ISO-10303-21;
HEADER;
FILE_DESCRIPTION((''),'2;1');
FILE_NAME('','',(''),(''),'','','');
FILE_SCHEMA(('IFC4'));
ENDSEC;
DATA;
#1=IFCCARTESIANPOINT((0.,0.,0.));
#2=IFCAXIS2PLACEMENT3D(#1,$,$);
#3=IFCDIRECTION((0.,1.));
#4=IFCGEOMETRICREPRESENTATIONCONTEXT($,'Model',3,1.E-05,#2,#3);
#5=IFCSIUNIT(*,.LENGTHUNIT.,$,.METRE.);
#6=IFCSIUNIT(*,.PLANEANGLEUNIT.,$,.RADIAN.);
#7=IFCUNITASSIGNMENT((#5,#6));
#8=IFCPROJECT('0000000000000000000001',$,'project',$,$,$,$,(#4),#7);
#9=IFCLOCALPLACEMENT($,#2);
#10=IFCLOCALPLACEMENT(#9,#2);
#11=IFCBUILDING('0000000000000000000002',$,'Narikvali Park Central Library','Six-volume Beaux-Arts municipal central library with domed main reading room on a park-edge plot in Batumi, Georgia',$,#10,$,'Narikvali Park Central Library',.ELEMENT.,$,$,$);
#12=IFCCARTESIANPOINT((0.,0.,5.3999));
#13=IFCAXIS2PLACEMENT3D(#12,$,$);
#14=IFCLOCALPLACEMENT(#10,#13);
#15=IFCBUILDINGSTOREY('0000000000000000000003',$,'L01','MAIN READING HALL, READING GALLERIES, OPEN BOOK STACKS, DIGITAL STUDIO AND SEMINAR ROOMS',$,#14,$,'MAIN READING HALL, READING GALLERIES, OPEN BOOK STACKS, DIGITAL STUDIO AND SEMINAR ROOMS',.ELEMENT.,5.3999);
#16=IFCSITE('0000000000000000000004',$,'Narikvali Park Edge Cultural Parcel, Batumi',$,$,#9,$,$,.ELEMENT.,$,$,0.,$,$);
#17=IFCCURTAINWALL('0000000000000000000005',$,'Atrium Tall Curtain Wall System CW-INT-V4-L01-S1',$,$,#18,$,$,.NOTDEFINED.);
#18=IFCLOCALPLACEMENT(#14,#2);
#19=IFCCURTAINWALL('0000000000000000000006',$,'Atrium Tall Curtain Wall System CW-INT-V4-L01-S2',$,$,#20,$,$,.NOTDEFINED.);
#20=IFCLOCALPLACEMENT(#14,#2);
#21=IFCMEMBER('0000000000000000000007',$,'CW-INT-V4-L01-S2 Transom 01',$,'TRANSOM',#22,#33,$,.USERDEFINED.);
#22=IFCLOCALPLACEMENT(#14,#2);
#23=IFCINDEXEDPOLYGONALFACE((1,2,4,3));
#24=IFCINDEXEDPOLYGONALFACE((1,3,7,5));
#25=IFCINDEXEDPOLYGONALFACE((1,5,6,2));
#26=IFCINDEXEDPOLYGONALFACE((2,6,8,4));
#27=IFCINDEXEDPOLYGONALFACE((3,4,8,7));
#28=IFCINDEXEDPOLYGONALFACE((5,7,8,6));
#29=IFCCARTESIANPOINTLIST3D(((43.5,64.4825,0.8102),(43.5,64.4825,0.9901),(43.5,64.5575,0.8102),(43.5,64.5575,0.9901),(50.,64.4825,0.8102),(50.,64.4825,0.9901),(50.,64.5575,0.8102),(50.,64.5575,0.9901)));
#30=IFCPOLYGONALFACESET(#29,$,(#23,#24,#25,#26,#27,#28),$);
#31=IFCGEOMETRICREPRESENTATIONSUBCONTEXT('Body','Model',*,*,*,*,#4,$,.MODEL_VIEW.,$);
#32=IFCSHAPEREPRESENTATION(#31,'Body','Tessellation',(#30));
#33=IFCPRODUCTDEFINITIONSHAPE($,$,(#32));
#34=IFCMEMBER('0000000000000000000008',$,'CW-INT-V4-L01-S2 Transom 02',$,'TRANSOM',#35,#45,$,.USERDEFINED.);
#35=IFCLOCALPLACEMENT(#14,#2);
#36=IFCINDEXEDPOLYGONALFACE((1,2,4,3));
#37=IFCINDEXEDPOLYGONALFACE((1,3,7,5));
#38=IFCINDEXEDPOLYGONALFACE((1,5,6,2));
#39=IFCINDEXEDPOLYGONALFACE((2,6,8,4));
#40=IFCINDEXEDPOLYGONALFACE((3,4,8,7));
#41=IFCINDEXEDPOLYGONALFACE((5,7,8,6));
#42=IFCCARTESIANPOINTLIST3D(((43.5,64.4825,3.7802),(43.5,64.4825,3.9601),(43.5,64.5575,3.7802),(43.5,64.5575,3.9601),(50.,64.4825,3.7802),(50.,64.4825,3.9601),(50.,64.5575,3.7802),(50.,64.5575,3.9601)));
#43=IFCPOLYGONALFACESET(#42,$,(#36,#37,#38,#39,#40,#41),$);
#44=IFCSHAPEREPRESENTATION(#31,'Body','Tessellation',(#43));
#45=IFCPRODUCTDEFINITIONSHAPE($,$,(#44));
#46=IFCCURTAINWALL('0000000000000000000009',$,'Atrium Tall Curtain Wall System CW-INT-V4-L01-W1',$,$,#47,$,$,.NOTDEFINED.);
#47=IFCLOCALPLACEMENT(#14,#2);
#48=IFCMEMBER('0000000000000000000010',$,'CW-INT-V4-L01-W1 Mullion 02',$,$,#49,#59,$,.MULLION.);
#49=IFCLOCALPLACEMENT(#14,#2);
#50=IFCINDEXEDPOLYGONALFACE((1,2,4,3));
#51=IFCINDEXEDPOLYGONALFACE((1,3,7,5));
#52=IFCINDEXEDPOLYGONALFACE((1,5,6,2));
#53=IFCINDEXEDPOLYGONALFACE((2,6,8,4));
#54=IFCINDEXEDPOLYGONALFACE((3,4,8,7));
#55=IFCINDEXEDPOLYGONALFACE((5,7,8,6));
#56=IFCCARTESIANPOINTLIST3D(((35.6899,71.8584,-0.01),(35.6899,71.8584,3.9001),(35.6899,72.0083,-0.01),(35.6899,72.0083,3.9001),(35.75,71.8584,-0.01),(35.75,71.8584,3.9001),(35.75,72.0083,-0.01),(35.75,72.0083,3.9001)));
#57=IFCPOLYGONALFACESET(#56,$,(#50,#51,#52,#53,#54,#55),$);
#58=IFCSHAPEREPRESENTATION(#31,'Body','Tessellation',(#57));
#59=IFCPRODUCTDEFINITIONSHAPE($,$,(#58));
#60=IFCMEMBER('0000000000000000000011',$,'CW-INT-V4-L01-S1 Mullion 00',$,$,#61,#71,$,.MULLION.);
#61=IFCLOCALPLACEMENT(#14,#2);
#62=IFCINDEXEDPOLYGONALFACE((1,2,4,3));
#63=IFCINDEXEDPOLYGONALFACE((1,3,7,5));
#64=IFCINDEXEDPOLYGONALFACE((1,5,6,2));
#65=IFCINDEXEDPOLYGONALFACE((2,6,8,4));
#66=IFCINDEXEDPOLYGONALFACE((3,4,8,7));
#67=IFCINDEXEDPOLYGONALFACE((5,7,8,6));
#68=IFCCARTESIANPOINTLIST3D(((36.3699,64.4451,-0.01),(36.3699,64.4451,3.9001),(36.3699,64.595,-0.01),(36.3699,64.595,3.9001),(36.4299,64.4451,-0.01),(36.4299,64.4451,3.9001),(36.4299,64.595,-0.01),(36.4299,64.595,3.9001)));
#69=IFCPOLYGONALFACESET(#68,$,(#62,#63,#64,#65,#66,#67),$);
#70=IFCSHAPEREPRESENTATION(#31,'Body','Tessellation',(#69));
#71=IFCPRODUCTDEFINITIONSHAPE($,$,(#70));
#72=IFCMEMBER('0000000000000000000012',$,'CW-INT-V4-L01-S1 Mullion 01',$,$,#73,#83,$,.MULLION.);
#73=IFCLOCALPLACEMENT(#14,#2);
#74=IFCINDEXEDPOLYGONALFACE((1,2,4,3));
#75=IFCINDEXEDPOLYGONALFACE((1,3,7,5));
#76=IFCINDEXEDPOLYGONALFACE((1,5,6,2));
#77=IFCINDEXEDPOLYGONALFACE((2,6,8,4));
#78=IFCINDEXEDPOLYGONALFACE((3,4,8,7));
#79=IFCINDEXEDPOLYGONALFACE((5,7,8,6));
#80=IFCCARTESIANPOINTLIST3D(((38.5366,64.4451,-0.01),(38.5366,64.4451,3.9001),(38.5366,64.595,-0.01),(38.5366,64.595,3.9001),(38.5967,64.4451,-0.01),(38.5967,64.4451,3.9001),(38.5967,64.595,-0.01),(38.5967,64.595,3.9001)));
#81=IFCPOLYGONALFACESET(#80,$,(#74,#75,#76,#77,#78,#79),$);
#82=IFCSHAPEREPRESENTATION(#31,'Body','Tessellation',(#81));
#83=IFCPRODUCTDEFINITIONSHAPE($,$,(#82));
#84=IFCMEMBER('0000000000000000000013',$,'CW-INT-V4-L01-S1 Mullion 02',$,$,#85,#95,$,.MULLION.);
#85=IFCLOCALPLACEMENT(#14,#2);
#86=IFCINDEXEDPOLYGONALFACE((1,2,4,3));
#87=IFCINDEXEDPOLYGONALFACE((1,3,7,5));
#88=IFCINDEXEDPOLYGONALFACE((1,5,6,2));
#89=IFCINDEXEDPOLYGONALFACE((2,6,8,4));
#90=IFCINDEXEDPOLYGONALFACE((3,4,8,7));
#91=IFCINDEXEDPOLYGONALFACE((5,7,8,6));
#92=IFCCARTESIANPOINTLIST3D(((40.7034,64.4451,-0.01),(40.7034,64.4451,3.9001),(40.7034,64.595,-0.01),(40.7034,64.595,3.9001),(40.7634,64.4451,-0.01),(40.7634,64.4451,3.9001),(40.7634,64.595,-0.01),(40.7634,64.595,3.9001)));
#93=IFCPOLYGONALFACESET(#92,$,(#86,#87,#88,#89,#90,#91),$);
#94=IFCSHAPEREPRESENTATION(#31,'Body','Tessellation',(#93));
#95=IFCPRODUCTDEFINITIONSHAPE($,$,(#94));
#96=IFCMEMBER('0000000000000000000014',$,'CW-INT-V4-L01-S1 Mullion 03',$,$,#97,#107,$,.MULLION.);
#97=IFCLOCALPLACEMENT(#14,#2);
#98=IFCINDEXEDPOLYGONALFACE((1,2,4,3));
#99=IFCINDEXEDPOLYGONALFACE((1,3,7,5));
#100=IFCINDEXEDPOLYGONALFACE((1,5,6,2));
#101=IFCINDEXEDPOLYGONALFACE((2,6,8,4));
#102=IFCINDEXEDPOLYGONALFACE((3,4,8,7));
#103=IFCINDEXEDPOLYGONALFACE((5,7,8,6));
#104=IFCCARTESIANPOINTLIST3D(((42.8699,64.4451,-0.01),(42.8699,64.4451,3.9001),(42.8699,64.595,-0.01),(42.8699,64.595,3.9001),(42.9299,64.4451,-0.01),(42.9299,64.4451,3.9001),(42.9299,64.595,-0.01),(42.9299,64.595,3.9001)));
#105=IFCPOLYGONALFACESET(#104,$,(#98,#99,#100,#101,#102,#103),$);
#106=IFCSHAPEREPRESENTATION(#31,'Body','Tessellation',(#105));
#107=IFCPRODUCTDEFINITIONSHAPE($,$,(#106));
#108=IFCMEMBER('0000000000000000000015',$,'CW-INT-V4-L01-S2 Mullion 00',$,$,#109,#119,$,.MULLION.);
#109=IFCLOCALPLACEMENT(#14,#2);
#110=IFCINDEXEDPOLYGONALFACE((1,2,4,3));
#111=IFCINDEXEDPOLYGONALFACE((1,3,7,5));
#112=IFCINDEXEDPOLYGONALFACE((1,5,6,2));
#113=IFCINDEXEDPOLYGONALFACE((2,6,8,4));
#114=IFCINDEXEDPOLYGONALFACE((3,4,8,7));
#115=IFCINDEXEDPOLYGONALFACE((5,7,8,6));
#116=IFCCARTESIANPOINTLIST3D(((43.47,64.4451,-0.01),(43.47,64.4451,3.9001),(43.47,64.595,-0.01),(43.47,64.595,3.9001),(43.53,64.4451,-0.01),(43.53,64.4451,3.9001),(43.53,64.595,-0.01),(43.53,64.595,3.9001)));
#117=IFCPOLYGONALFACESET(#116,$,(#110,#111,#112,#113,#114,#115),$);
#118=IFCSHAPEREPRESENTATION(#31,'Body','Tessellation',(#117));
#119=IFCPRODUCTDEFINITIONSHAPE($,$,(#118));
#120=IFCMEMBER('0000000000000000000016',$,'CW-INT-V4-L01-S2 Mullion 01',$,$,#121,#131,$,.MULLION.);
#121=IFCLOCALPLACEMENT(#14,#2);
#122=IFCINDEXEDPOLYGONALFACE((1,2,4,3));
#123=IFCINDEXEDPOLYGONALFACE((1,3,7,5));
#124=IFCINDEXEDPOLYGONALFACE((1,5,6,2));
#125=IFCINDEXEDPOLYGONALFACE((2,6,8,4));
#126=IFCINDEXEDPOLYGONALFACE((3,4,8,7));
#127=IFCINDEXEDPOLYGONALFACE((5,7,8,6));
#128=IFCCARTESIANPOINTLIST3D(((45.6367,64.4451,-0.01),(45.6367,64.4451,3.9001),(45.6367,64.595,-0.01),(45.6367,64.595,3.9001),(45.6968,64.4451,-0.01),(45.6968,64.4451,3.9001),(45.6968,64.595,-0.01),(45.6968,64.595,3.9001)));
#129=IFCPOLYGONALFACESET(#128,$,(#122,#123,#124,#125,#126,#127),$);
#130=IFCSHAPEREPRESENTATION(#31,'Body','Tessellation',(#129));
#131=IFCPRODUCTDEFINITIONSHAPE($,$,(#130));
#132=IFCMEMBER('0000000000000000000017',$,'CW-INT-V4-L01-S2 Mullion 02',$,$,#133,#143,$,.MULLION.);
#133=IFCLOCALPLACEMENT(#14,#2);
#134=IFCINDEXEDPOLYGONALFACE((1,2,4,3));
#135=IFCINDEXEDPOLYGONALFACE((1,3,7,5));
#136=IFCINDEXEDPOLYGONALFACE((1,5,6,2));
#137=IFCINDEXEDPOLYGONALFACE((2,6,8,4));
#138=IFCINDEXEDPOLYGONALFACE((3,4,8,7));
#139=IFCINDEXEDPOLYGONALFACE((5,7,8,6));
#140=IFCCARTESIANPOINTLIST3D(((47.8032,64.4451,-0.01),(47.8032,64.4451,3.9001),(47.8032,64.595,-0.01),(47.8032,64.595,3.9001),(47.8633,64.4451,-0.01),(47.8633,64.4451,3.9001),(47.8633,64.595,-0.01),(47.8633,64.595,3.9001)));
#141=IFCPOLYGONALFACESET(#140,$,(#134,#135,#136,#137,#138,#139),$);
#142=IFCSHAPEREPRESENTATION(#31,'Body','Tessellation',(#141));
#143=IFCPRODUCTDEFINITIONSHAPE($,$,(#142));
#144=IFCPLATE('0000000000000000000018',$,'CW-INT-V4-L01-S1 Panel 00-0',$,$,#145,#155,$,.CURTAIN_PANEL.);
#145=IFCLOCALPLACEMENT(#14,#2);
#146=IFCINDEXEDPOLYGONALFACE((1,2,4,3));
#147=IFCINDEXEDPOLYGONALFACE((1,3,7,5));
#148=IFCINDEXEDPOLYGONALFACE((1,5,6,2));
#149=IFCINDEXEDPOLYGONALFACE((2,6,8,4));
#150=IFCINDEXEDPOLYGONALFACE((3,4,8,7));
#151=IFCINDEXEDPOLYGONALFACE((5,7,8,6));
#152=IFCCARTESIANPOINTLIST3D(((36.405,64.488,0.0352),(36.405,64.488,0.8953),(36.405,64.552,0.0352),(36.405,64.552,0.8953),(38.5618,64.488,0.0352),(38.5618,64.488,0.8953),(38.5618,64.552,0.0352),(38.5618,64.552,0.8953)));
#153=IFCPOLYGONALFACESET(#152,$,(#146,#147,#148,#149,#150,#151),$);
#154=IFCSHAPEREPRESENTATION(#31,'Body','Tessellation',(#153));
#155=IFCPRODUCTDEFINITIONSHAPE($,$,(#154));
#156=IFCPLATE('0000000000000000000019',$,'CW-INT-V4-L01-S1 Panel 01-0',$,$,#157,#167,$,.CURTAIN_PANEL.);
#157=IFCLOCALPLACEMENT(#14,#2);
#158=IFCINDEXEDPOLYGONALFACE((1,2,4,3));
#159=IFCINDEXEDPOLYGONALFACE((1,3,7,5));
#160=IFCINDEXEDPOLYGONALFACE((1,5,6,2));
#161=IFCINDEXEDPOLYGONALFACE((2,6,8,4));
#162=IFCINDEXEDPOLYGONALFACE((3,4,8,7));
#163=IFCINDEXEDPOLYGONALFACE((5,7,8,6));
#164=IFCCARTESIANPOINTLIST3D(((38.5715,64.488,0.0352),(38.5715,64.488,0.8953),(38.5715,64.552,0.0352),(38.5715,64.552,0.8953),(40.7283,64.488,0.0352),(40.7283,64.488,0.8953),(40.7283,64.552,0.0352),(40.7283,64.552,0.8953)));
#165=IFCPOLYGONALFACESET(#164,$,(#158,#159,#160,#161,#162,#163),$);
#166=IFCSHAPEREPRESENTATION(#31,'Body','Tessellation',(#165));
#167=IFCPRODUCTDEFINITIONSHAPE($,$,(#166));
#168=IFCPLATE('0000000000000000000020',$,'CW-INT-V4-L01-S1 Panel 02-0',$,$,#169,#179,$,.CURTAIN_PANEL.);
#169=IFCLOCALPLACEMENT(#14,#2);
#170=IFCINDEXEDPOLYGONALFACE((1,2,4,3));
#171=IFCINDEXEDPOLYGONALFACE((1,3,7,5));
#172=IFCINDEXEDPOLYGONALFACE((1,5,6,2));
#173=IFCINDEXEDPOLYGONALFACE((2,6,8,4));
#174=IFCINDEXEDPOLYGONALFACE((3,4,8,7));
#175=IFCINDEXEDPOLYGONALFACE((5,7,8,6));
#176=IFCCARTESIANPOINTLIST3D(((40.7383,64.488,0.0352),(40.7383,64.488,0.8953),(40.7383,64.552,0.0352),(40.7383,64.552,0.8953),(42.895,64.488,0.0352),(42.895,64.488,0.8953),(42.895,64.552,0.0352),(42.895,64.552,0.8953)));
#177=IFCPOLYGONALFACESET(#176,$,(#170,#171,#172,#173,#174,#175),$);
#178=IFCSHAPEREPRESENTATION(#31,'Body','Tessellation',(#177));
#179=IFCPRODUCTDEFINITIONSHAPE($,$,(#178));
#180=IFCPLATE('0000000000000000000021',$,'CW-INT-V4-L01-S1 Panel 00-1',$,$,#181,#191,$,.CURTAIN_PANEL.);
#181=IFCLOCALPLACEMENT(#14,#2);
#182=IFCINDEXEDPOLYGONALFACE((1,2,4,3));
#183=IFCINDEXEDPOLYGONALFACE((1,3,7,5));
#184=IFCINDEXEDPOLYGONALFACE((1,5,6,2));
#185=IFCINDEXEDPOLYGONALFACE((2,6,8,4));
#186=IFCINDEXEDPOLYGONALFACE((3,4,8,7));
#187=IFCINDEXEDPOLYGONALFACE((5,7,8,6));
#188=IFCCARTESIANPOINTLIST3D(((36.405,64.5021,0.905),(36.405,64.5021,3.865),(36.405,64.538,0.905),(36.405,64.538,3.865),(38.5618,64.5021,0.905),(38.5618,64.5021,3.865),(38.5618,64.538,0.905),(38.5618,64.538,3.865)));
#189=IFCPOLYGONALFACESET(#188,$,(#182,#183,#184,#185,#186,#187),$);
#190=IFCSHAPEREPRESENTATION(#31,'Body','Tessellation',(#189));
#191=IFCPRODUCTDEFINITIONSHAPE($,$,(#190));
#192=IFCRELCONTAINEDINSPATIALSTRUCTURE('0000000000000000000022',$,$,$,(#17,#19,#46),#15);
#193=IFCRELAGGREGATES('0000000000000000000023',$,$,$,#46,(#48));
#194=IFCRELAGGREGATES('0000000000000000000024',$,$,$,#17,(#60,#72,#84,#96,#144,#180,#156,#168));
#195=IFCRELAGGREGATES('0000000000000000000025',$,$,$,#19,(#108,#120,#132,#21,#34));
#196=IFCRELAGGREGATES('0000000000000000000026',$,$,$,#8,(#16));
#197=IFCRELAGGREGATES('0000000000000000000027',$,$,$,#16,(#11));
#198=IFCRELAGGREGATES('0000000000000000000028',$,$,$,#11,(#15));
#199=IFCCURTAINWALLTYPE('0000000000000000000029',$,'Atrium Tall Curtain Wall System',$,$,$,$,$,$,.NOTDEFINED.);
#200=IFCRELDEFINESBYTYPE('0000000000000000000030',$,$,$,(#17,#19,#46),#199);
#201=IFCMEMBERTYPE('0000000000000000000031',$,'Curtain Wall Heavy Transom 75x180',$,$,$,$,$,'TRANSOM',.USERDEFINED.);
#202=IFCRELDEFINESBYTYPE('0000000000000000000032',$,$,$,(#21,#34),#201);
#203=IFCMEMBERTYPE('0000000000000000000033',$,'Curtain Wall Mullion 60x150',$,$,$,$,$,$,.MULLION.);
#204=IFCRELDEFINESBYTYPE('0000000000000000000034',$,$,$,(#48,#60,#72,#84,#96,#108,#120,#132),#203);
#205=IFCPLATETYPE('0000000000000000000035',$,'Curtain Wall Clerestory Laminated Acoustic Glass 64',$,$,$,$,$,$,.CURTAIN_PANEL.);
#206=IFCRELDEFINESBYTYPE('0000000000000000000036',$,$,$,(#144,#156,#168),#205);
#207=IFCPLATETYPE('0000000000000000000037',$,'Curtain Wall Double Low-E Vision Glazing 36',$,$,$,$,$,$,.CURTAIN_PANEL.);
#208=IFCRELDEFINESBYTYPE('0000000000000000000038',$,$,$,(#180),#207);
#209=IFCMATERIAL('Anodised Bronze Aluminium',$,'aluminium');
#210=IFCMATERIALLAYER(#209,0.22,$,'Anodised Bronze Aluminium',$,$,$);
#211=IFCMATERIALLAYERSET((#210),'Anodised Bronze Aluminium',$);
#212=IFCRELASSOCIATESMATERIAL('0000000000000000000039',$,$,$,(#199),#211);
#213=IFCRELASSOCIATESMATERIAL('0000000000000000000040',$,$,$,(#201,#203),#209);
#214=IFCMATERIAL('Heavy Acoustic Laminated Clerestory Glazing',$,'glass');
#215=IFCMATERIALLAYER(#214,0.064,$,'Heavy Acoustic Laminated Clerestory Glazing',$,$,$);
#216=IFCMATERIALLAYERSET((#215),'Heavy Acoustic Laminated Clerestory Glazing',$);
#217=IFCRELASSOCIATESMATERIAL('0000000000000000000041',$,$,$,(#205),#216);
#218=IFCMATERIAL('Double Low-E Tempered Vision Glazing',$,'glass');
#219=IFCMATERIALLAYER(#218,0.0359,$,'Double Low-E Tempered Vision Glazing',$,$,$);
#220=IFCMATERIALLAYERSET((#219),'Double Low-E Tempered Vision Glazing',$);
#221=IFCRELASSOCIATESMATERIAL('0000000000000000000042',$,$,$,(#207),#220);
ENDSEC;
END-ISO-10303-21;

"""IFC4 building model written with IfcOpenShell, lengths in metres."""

from ifc_helpers import new_model, si_unit, direction, frame, origin, origin_2d, place, context, subcontext, project, spatial, rectangle, extrude, material, layer, layer_set, material_profile, profile_set, type_object, element, aggregate, save


model = new_model("IFC4")

# Units and contexts
model_context = context("Model", 3, precision=1e-05, world=origin(), true_north=direction((0.0, 1.0)))
body_context = subcontext(model_context, "Body", "Model", "MODEL_VIEW")
ifc_project = project(units=[si_unit("LENGTHUNIT", "METRE"), si_unit("PLANEANGLEUNIT", "RADIAN")], contexts=[model_context])

# Site, building, storey
site_placement = place(None, origin())
site = spatial("IfcSite", under=ifc_project, at=site_placement, Name="Narikvali Park Edge Cultural Parcel, Batumi", CompositionType="ELEMENT", RefElevation=0.0)
building_placement = place(site_placement, origin())
building = spatial("IfcBuilding", under=site, at=building_placement, Name="Narikvali Park Central Library", Description="Six-volume Beaux-Arts municipal central library with domed main reading room on a park-edge plot in Batumi, Georgia", LongName="Narikvali Park Central Library", CompositionType="ELEMENT")
storey_placement = place(building_placement, frame((0.0, 0.0, 5.3999)))
storey = spatial("IfcBuildingStorey", under=building, at=storey_placement, Name="L01", Description="MAIN READING HALL, READING GALLERIES, OPEN BOOK STACKS, DIGITAL STUDIO AND SEMINAR ROOMS", LongName="MAIN READING HALL, READING GALLERIES, OPEN BOOK STACKS, DIGITAL STUDIO AND SEMINAR ROOMS", CompositionType="ELEMENT", Elevation=5.3999)

# Curtain walls, members
ifc_material_1 = material(Name="Anodised Bronze Aluminium", Category="aluminium")
ifc_layer_1 = layer(ifc_material_1, 0.22, Name="Anodised Bronze Aluminium")
ifc_layer_set_1 = layer_set([ifc_layer_1], Name="Anodised Bronze Aluminium")
curtain_wall_type = type_object("IfcCurtainWallType", Name="Atrium Tall Curtain Wall System", PredefinedType="NOTDEFINED", material=ifc_layer_set_1)
curtain_wall_1_placement = place(storey_placement, origin())
curtain_wall_1 = element("IfcCurtainWall", 1, at=curtain_wall_1_placement, inside=storey, type_object=curtain_wall_type, Name="Atrium Tall Curtain Wall System CW-INT-V4-L01-S1", PredefinedType="NOTDEFINED")
ifc_material_profile_1 = material_profile(ifc_material_1, rectangle(XDim=0.075, YDim=0.1799, at=origin_2d()), Name="CW TRANSOM 75x180")
ifc_profile_set_1 = profile_set([ifc_material_profile_1], Name="Anodised Bronze Aluminium")
member_type_1 = type_object("IfcMemberType", Name="Curtain Wall Heavy Transom 75x180", ElementType="TRANSOM", PredefinedType="USERDEFINED", material=ifc_profile_set_1)
curtain_wall_2_placement = place(storey_placement, origin())
curtain_wall_2 = element("IfcCurtainWall", 2, at=curtain_wall_2_placement, inside=storey, type_object=curtain_wall_type, Name="Atrium Tall Curtain Wall System CW-INT-V4-L01-S2", PredefinedType="NOTDEFINED")
member_1_placement = place(storey_placement, frame((43.5, 64.52, 0.9001), z_axis=(1.0, 0.0, 0.0), x_axis=(0.0, 1.0, 0.0)))
member_1 = element("IfcMember", 3, at=member_1_placement, type_object=member_type_1, Name="CW-INT-V4-L01-S2 Transom 01", ObjectType="TRANSOM", PredefinedType="USERDEFINED", context=body_context, shape_type="SweptSolid", body=[
    extrude(rectangle(XDim=0.075, YDim=0.1799, at=origin_2d()), origin(), (0.0, 0.0, 1.0), 6.5),
])
member_2_placement = place(storey_placement, frame((43.5, 64.52, 3.8701), z_axis=(1.0, 0.0, 0.0), x_axis=(0.0, 1.0, 0.0)))
member_2 = element("IfcMember", 4, at=member_2_placement, type_object=member_type_1, Name="CW-INT-V4-L01-S2 Transom 02", ObjectType="TRANSOM", PredefinedType="USERDEFINED", context=body_context, shape_type="SweptSolid", body=[
    extrude(rectangle(XDim=0.075, YDim=0.1799, at=origin_2d()), origin(), (0.0, 0.0, 1.0), 6.5),
])

# Curtain wall, member
curtain_wall_3_placement = place(storey_placement, origin())
curtain_wall_3 = element("IfcCurtainWall", 5, at=curtain_wall_3_placement, inside=storey, type_object=curtain_wall_type, Name="Atrium Tall Curtain Wall System CW-INT-V4-L01-W1", PredefinedType="NOTDEFINED")
ifc_material_profile_2 = material_profile(ifc_material_1, rectangle(XDim=0.0601, YDim=0.1499, at=origin_2d()), Name="CW MULLION 60x150")
ifc_profile_set_2 = profile_set([ifc_material_profile_2], Name="Anodised Bronze Aluminium")
member_type_2 = type_object("IfcMemberType", Name="Curtain Wall Mullion 60x150", PredefinedType="MULLION", material=ifc_profile_set_2)
member_3_placement = place(storey_placement, frame((35.72, 71.9333, -0.01), z_axis=(0.0, 0.0, 1.0), x_axis=(1.0, 0.0, 0.0)))
member_3 = element("IfcMember", 6, at=member_3_placement, type_object=member_type_2, Name="CW-INT-V4-L01-W1 Mullion 02", PredefinedType="MULLION", context=body_context, shape_type="SweptSolid", body=[
    extrude(rectangle(XDim=0.0601, YDim=0.1499, at=origin_2d()), origin(), (0.0, 0.0, 1.0), 3.9102),
])
aggregate(curtain_wall_3, [member_3])

# Members
member_4_placement = place(storey_placement, frame((36.3999, 64.52, -0.01), z_axis=(0.0, 0.0, 1.0), x_axis=(1.0, 0.0, 0.0)))
member_4 = element("IfcMember", 7, at=member_4_placement, type_object=member_type_2, Name="CW-INT-V4-L01-S1 Mullion 00", PredefinedType="MULLION", context=body_context, shape_type="SweptSolid", body=[
    extrude(rectangle(XDim=0.0601, YDim=0.1499, at=origin_2d()), origin(), (0.0, 0.0, 1.0), 3.9102),
])
member_5_placement = place(storey_placement, frame((38.5667, 64.52, -0.01), z_axis=(0.0, 0.0, 1.0), x_axis=(1.0, 0.0, 0.0)))
member_5 = element("IfcMember", 8, at=member_5_placement, type_object=member_type_2, Name="CW-INT-V4-L01-S1 Mullion 01", PredefinedType="MULLION", context=body_context, shape_type="SweptSolid", body=[
    extrude(rectangle(XDim=0.0601, YDim=0.1499, at=origin_2d()), origin(), (0.0, 0.0, 1.0), 3.9102),
])
member_6_placement = place(storey_placement, frame((40.7334, 64.52, -0.01), z_axis=(0.0, 0.0, 1.0), x_axis=(1.0, 0.0, 0.0)))
member_6 = element("IfcMember", 9, at=member_6_placement, type_object=member_type_2, Name="CW-INT-V4-L01-S1 Mullion 02", PredefinedType="MULLION", context=body_context, shape_type="SweptSolid", body=[
    extrude(rectangle(XDim=0.0601, YDim=0.1499, at=origin_2d()), origin(), (0.0, 0.0, 1.0), 3.9102),
])
member_7_placement = place(storey_placement, frame((42.8999, 64.52, -0.01), z_axis=(0.0, 0.0, 1.0), x_axis=(1.0, 0.0, 0.0)))
member_7 = element("IfcMember", 10, at=member_7_placement, type_object=member_type_2, Name="CW-INT-V4-L01-S1 Mullion 03", PredefinedType="MULLION", context=body_context, shape_type="SweptSolid", body=[
    extrude(rectangle(XDim=0.0601, YDim=0.1499, at=origin_2d()), origin(), (0.0, 0.0, 1.0), 3.9102),
])
member_8_placement = place(storey_placement, frame((43.5, 64.52, -0.01), z_axis=(0.0, 0.0, 1.0), x_axis=(1.0, 0.0, 0.0)))
member_8 = element("IfcMember", 11, at=member_8_placement, type_object=member_type_2, Name="CW-INT-V4-L01-S2 Mullion 00", PredefinedType="MULLION", context=body_context, shape_type="SweptSolid", body=[
    extrude(rectangle(XDim=0.0601, YDim=0.1499, at=origin_2d()), origin(), (0.0, 0.0, 1.0), 3.9102),
])
member_9_placement = place(storey_placement, frame((45.6667, 64.52, -0.01), z_axis=(0.0, 0.0, 1.0), x_axis=(1.0, 0.0, 0.0)))
member_9 = element("IfcMember", 12, at=member_9_placement, type_object=member_type_2, Name="CW-INT-V4-L01-S2 Mullion 01", PredefinedType="MULLION", context=body_context, shape_type="SweptSolid", body=[
    extrude(rectangle(XDim=0.0601, YDim=0.1499, at=origin_2d()), origin(), (0.0, 0.0, 1.0), 3.9102),
])
member_10_placement = place(storey_placement, frame((47.8333, 64.52, -0.01), z_axis=(0.0, 0.0, 1.0), x_axis=(1.0, 0.0, 0.0)))
member_10 = element("IfcMember", 13, at=member_10_placement, type_object=member_type_2, Name="CW-INT-V4-L01-S2 Mullion 02", PredefinedType="MULLION", context=body_context, shape_type="SweptSolid", body=[
    extrude(rectangle(XDim=0.0601, YDim=0.1499, at=origin_2d()), origin(), (0.0, 0.0, 1.0), 3.9102),
])

# Plates
ifc_material_2 = material(Name="Heavy Acoustic Laminated Clerestory Glazing", Category="glass")
ifc_layer_2 = layer(ifc_material_2, 0.064, Name="Heavy Acoustic Laminated Clerestory Glazing")
ifc_layer_set_2 = layer_set([ifc_layer_2], Name="Heavy Acoustic Laminated Clerestory Glazing")
plate_type_1 = type_object("IfcPlateType", Name="Curtain Wall Clerestory Laminated Acoustic Glass 64", PredefinedType="CURTAIN_PANEL", material=ifc_layer_set_2)
plate_1_placement = place(storey_placement, frame((37.4834, 64.52, 0.0352), z_axis=(0.0, 0.0, 1.0), x_axis=(1.0, 0.0, 0.0)))
plate_1 = element("IfcPlate", 14, at=plate_1_placement, type_object=plate_type_1, Name="CW-INT-V4-L01-S1 Panel 00-0", PredefinedType="CURTAIN_PANEL", context=body_context, shape_type="SweptSolid", body=[
    extrude(rectangle(XDim=2.1567, YDim=0.064, at=origin_2d()), origin(), (0.0, 0.0, 1.0), 0.8601),
])
plate_2_placement = place(storey_placement, frame((39.6499, 64.52, 0.0352), z_axis=(0.0, 0.0, 1.0), x_axis=(1.0, 0.0, 0.0)))
plate_2 = element("IfcPlate", 15, at=plate_2_placement, type_object=plate_type_1, Name="CW-INT-V4-L01-S1 Panel 01-0", PredefinedType="CURTAIN_PANEL", context=body_context, shape_type="SweptSolid", body=[
    extrude(rectangle(XDim=2.1567, YDim=0.064, at=origin_2d()), origin(), (0.0, 0.0, 1.0), 0.8601),
])
plate_3_placement = place(storey_placement, frame((41.8167, 64.52, 0.0352), z_axis=(0.0, 0.0, 1.0), x_axis=(1.0, 0.0, 0.0)))
plate_3 = element("IfcPlate", 16, at=plate_3_placement, type_object=plate_type_1, Name="CW-INT-V4-L01-S1 Panel 02-0", PredefinedType="CURTAIN_PANEL", context=body_context, shape_type="SweptSolid", body=[
    extrude(rectangle(XDim=2.1567, YDim=0.064, at=origin_2d()), origin(), (0.0, 0.0, 1.0), 0.8601),
])
ifc_material_3 = material(Name="Double Low-E Tempered Vision Glazing", Category="glass")
ifc_layer_3 = layer(ifc_material_3, 0.0359, Name="Double Low-E Tempered Vision Glazing")
ifc_layer_set_3 = layer_set([ifc_layer_3], Name="Double Low-E Tempered Vision Glazing")
plate_type_2 = type_object("IfcPlateType", Name="Curtain Wall Double Low-E Vision Glazing 36", PredefinedType="CURTAIN_PANEL", material=ifc_layer_set_3)
plate_4_placement = place(storey_placement, frame((37.4834, 64.52, 0.905), z_axis=(0.0, 0.0, 1.0), x_axis=(1.0, 0.0, 0.0)))
plate_4 = element("IfcPlate", 17, at=plate_4_placement, type_object=plate_type_2, Name="CW-INT-V4-L01-S1 Panel 00-1", PredefinedType="CURTAIN_PANEL", context=body_context, shape_type="SweptSolid", body=[
    extrude(rectangle(XDim=2.1567, YDim=0.0359, at=origin_2d()), origin(), (0.0, 0.0, 1.0), 2.96),
])
aggregate(curtain_wall_1, [member_4, member_5, member_6, member_7, plate_1, plate_4, plate_2, plate_3])
aggregate(curtain_wall_2, [member_8, member_9, member_10, member_1, member_2])

save(model, "model.ifc")
